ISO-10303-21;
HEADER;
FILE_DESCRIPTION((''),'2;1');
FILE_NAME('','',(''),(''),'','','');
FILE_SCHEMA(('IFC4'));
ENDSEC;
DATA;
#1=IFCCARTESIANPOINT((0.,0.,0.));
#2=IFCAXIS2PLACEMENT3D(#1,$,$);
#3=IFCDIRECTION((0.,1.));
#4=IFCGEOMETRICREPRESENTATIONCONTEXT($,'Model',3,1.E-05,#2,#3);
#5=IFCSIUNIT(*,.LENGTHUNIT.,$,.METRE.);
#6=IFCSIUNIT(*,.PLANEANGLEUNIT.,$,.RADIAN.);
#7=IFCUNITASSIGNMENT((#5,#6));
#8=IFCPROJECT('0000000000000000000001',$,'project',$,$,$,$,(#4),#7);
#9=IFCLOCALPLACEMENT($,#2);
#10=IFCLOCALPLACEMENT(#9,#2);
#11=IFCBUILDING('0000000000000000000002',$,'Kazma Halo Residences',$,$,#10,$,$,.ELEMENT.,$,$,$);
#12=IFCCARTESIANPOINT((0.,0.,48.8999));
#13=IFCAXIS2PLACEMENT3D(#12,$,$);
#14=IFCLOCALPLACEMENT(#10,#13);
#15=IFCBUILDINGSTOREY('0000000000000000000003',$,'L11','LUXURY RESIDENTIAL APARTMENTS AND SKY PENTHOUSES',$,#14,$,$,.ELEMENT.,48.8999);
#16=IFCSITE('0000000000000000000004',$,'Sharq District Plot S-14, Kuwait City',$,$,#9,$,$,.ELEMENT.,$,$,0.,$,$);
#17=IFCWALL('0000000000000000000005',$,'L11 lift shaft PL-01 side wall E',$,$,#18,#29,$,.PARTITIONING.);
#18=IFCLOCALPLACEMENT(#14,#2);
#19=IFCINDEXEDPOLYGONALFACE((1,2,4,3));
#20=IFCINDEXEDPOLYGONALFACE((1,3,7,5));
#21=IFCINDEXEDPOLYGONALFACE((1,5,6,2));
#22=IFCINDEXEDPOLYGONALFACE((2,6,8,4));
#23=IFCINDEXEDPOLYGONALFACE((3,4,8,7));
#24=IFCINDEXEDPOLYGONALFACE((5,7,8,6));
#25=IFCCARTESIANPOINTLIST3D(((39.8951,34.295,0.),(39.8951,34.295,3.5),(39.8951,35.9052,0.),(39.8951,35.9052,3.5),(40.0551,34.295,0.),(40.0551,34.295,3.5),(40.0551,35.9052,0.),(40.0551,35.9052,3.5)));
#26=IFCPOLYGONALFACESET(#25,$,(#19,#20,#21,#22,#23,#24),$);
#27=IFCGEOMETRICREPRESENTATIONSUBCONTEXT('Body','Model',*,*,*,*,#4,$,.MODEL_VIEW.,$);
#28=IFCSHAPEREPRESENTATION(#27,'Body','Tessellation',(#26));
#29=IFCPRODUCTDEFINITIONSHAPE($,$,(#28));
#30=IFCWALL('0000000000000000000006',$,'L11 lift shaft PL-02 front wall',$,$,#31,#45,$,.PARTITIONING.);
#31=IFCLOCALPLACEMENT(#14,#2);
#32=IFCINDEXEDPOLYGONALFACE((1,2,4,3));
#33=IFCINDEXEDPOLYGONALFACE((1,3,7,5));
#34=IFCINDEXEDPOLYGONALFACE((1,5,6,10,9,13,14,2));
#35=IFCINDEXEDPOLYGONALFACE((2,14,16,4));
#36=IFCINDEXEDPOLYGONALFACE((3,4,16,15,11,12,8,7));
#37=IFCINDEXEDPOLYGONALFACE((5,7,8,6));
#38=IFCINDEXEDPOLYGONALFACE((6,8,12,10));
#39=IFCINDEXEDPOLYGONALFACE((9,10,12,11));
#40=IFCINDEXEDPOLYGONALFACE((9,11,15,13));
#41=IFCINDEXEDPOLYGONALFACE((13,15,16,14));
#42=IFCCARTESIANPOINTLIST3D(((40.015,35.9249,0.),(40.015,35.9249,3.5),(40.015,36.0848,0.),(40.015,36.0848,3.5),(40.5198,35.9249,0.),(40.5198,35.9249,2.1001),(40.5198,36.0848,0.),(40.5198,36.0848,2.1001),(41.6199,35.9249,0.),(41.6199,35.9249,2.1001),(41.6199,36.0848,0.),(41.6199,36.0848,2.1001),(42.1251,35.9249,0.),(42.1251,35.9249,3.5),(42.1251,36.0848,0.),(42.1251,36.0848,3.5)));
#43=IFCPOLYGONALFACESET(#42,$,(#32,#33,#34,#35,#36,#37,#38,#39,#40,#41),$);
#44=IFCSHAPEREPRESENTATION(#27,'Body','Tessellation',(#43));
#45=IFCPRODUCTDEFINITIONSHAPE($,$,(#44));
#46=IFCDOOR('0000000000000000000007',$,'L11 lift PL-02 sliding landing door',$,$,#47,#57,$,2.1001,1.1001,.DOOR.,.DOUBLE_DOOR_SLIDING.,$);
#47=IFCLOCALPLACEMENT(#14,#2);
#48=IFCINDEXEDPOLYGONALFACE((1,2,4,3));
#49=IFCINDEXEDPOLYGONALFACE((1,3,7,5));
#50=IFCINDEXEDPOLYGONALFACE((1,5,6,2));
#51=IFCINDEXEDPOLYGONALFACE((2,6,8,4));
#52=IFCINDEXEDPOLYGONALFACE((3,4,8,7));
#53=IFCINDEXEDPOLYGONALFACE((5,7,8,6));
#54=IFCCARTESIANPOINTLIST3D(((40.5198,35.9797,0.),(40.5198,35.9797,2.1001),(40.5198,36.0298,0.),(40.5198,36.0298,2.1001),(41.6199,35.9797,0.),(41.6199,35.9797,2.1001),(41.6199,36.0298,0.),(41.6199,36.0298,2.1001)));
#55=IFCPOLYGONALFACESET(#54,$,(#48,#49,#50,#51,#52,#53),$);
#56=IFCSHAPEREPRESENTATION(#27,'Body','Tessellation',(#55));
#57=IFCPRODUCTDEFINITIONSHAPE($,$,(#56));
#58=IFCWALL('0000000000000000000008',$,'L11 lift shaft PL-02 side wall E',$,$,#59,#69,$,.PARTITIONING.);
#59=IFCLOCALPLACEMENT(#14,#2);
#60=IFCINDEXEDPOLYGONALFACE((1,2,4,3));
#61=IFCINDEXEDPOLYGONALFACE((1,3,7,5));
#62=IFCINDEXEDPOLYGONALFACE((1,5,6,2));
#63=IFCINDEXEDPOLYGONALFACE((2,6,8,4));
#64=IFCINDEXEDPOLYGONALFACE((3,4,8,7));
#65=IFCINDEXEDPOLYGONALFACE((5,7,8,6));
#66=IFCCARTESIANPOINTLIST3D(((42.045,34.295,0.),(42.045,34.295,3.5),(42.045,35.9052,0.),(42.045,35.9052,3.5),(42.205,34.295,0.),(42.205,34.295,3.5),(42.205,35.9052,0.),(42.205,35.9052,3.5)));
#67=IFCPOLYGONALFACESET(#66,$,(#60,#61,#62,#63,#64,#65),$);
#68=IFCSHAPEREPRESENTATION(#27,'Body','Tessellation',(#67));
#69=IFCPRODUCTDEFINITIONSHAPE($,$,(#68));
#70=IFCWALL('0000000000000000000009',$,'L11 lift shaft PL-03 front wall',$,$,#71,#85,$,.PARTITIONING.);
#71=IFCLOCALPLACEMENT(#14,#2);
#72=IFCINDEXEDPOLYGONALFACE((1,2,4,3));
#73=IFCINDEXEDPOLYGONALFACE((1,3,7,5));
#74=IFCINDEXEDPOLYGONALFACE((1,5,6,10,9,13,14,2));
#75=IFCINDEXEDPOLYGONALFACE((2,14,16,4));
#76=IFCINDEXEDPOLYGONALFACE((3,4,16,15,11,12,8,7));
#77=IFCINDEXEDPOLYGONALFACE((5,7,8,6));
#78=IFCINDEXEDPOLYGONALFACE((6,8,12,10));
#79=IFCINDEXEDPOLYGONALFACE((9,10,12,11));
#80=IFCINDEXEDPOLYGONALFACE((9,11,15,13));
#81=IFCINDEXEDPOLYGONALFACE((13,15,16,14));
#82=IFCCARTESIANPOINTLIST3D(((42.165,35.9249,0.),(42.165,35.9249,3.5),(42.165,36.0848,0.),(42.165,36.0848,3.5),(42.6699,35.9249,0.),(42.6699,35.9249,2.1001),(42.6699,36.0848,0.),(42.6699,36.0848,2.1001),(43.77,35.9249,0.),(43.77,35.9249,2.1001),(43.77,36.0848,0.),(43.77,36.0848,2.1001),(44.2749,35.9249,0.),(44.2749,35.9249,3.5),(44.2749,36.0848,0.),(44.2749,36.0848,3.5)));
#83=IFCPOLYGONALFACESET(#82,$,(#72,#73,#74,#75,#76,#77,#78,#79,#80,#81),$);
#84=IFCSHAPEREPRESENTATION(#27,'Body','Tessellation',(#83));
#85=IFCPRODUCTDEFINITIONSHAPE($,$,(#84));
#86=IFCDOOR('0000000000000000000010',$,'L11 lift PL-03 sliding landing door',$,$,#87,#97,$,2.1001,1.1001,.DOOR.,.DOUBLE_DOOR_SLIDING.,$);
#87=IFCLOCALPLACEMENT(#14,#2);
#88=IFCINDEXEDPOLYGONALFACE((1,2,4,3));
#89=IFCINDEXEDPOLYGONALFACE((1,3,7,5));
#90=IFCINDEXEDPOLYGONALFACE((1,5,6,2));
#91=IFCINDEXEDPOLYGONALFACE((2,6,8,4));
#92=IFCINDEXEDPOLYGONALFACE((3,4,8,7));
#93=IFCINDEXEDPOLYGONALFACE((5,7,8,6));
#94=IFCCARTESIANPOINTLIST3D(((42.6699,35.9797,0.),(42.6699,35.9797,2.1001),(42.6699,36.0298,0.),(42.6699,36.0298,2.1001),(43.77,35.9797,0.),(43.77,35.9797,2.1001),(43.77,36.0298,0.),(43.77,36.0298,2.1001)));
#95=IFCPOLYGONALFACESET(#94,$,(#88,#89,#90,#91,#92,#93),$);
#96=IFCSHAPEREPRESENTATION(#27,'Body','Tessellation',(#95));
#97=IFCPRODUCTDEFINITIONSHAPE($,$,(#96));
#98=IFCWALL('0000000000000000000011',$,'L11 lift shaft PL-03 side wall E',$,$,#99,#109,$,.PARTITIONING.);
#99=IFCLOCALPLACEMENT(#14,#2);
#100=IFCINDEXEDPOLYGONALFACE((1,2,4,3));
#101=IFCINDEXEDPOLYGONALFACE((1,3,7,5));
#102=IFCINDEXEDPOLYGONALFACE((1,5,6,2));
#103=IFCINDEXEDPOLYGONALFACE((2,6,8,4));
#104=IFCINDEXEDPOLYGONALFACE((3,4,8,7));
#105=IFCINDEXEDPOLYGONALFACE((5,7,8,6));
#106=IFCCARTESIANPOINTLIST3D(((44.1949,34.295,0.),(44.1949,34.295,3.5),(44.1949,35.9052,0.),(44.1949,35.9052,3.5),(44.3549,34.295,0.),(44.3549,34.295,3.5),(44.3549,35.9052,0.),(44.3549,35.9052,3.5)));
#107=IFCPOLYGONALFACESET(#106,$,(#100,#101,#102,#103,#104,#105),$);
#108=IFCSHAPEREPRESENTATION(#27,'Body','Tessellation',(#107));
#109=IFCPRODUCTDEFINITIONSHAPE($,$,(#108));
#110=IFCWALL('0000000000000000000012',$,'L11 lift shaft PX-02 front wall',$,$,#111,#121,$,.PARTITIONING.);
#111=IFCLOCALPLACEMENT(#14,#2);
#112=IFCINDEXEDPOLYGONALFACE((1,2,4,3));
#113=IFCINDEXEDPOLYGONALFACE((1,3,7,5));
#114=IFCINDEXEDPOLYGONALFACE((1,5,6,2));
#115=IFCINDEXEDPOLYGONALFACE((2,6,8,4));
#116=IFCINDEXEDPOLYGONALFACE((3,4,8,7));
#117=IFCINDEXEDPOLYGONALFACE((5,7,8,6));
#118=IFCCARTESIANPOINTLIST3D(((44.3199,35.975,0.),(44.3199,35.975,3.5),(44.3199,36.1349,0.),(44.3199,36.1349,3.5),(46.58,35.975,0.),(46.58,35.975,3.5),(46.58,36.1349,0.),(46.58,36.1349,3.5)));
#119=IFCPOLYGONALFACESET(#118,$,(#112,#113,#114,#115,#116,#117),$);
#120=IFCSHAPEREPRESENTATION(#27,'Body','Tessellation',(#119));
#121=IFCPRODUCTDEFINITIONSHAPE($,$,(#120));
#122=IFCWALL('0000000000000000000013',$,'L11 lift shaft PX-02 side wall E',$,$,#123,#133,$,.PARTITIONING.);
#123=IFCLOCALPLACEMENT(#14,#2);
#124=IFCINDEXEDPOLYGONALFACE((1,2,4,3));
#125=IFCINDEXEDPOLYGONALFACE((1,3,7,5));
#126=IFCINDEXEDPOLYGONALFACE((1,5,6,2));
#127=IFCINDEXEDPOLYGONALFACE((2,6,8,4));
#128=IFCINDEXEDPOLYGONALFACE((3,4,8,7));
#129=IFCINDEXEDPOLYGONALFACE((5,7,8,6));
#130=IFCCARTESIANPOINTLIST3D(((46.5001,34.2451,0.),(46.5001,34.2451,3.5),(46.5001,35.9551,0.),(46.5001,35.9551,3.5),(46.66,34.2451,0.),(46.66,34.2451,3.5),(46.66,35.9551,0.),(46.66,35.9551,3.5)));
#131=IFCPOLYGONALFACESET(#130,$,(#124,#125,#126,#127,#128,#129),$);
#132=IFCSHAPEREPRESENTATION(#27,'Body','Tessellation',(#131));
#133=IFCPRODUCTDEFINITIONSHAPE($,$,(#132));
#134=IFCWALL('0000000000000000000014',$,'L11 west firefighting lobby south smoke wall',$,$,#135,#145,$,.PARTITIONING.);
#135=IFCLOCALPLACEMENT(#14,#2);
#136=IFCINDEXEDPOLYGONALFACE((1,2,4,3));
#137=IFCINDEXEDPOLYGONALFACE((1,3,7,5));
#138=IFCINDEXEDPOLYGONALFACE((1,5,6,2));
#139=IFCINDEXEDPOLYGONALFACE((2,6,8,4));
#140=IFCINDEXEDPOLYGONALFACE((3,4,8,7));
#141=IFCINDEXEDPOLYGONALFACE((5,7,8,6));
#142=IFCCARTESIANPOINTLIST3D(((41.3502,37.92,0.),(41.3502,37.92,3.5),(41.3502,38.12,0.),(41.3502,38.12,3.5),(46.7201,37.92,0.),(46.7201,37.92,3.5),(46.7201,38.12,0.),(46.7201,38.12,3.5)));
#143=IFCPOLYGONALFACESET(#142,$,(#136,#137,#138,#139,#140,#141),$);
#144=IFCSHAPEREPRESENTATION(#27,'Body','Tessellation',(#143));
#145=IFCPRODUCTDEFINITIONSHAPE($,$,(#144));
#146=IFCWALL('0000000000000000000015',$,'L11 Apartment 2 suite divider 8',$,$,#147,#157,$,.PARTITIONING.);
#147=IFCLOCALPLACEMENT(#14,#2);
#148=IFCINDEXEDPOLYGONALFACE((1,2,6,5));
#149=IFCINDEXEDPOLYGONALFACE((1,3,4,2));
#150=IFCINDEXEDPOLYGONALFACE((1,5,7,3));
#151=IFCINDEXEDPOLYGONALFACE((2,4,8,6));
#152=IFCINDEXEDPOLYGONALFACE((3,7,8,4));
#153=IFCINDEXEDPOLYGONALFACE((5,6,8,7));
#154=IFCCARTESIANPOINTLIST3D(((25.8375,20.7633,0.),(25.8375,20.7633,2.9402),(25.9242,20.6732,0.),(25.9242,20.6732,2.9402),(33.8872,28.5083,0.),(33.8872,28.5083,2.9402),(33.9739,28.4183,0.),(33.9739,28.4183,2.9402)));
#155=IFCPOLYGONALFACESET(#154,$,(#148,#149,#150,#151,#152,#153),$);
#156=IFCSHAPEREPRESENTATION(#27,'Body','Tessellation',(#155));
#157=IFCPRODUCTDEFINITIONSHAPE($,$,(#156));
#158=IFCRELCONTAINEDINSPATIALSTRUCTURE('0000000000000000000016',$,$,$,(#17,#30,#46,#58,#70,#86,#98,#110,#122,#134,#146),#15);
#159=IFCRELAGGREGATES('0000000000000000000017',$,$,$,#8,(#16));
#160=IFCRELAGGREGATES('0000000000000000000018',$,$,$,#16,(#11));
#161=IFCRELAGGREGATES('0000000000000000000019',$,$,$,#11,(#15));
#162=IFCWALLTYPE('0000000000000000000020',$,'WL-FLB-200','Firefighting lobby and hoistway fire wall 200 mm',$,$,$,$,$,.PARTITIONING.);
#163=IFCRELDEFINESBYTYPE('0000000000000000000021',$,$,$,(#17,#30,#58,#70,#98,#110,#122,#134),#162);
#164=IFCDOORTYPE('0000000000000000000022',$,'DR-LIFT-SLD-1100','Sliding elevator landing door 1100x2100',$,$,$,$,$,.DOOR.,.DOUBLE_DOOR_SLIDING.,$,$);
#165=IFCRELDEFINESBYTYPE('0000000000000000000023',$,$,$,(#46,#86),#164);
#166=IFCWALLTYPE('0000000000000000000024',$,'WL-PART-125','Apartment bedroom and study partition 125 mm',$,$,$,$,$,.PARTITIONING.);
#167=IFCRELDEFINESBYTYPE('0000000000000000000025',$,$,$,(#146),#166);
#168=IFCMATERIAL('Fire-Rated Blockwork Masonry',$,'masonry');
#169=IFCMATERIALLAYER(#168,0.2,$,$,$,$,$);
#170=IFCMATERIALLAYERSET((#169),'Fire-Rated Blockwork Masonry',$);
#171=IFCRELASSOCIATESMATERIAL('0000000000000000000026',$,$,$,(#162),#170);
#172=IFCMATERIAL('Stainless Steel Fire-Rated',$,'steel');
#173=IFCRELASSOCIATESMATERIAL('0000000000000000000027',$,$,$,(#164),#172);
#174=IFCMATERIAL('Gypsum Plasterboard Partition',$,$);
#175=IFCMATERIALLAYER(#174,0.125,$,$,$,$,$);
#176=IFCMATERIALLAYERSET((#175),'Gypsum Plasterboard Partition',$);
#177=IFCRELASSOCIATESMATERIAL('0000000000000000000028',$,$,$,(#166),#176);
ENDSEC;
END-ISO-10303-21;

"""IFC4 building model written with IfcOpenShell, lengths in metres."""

from ifc_helpers import new_model, si_unit, direction, frame, frame_2d, origin, place, context, subcontext, project, spatial, rectangle, extrude, material, layer, layer_set, type_object, element, fill, save


model = new_model("IFC4")

# Units and contexts
model_context = context("Model", 3, precision=1e-05, world=origin(), true_north=direction((0.0, 1.0)))
body_context = subcontext(model_context, "Body", "Model", "MODEL_VIEW")
ifc_project = project(units=[si_unit("LENGTHUNIT", "METRE"), si_unit("PLANEANGLEUNIT", "RADIAN")], contexts=[model_context])

# Site, building, storey
site_placement = place(None, origin())
site = spatial("IfcSite", under=ifc_project, at=site_placement, Name="Sharq District Plot S-14, Kuwait City", CompositionType="ELEMENT", RefElevation=0.0)
building_placement = place(site_placement, origin())
building = spatial("IfcBuilding", under=site, at=building_placement, Name="Kazma Halo Residences", CompositionType="ELEMENT")
storey_placement = place(building_placement, frame((0.0, 0.0, 48.8999)))
storey = spatial("IfcBuildingStorey", under=building, at=storey_placement, Name="L11", Description="LUXURY RESIDENTIAL APARTMENTS AND SKY PENTHOUSES", CompositionType="ELEMENT", Elevation=48.8999)

# Shared definitions
ifc_material_1 = material(Name="Fire-Rated Blockwork Masonry", Category="masonry")
ifc_layer_1 = layer(ifc_material_1, 0.2)
ifc_layer_set_1 = layer_set([ifc_layer_1], Name="Fire-Rated Blockwork Masonry")
wall_type_1 = type_object("IfcWallType", Name="WL-FLB-200", Description="Firefighting lobby and hoistway fire wall 200 mm", PredefinedType="PARTITIONING", material=ifc_layer_set_1)
ifc_material_2 = material(Name="Stainless Steel Fire-Rated", Category="steel")
door_type_1 = type_object("IfcDoorType", Name="DR-LIFT-SLD-1100", Description="Sliding elevator landing door 1100x2100", OperationType="DOUBLE_DOOR_SLIDING", PredefinedType="DOOR", material=ifc_material_2)

# Wall
wall_1_placement = place(storey_placement, frame((39.9751, 34.2949, 0.0), z_axis=(0.0, 0.0, 1.0), x_axis=(0.0, 1.0, 0.0)))
element("IfcWall", 1, at=wall_1_placement, inside=storey, type_object=wall_type_1, Name="L11 lift shaft PL-01 side wall E", PredefinedType="PARTITIONING", context=body_context, shape_type="SweptSolid", body=[
    extrude(rectangle(XDim=1.6101, YDim=0.1599, at=frame_2d((0.8052, 0.0))), origin(), (0.0, 0.0, 1.0), 3.5),
])

# Wall, opening, door
wall_2_placement = place(storey_placement, frame((40.0149, 36.0049, 0.0), z_axis=(0.0, 0.0, 1.0), x_axis=(1.0, 0.0, 0.0)))
wall_2 = element("IfcWall", 2, at=wall_2_placement, inside=storey, type_object=wall_type_1, Name="L11 lift shaft PL-02 front wall", PredefinedType="PARTITIONING", context=body_context, shape_type="SweptSolid", body=[
    extrude(rectangle(XDim=2.1101, YDim=0.1599, at=frame_2d((1.0552, 0.0))), origin(), (0.0, 0.0, 1.0), 3.5),
])
opening_1_placement = place(wall_2_placement, frame((0.5049, 0.0, 0.0)))
opening_1 = element("IfcOpeningElement", 3, at=opening_1_placement, cuts=wall_2, PredefinedType="OPENING", context=body_context, shape_type="SweptSolid", body=[
    extrude(rectangle(XDim=1.1001, YDim=2.1001, at=frame_2d((0.55, 1.05))), frame((0.0, 0.0898, 0.0), z_axis=(0.0, -1.0, 0.0), x_axis=(1.0, 0.0, 0.0)), (0.0, 0.0, 1.0), 0.1799),
])
door_1_placement = place(opening_1_placement, origin())
door_1 = element("IfcDoor", 4, at=door_1_placement, inside=storey, type_object=door_type_1, Name="L11 lift PL-02 sliding landing door", OperationType="DOUBLE_DOOR_SLIDING", OverallHeight=2.1001, OverallWidth=1.1001, PredefinedType="DOOR", context=body_context, shape_type="SweptSolid", body=[
    extrude(rectangle(XDim=1.1001, YDim=2.1001, at=frame_2d((0.55, 1.05))), frame((0.0, 0.0249, 0.0), z_axis=(0.0, -1.0, 0.0), x_axis=(1.0, 0.0, 0.0)), (0.0, 0.0, 1.0), 0.05),
])
fill(opening_1, door_1)

# Wall
wall_3_placement = place(storey_placement, frame((42.125, 34.2949, 0.0), z_axis=(0.0, 0.0, 1.0), x_axis=(0.0, 1.0, 0.0)))
element("IfcWall", 5, at=wall_3_placement, inside=storey, type_object=wall_type_1, Name="L11 lift shaft PL-02 side wall E", PredefinedType="PARTITIONING", context=body_context, shape_type="SweptSolid", body=[
    extrude(rectangle(XDim=1.6101, YDim=0.1599, at=frame_2d((0.8052, 0.0))), origin(), (0.0, 0.0, 1.0), 3.5),
])

# Wall, opening, door
wall_4_placement = place(storey_placement, frame((42.165, 36.0049, 0.0), z_axis=(0.0, 0.0, 1.0), x_axis=(1.0, 0.0, 0.0)))
wall_4 = element("IfcWall", 6, at=wall_4_placement, inside=storey, type_object=wall_type_1, Name="L11 lift shaft PL-03 front wall", PredefinedType="PARTITIONING", context=body_context, shape_type="SweptSolid", body=[
    extrude(rectangle(XDim=2.1099, YDim=0.1599, at=frame_2d((1.0549, 0.0))), origin(), (0.0, 0.0, 1.0), 3.5),
])
opening_2_placement = place(wall_4_placement, frame((0.5049, 0.0, 0.0)))
opening_2 = element("IfcOpeningElement", 7, at=opening_2_placement, cuts=wall_4, PredefinedType="OPENING", context=body_context, shape_type="SweptSolid", body=[
    extrude(rectangle(XDim=1.1001, YDim=2.1001, at=frame_2d((0.55, 1.05))), frame((0.0, 0.0898, 0.0), z_axis=(0.0, -1.0, 0.0), x_axis=(1.0, 0.0, 0.0)), (0.0, 0.0, 1.0), 0.1799),
])
door_2_placement = place(opening_2_placement, origin())
door_2 = element("IfcDoor", 8, at=door_2_placement, inside=storey, type_object=door_type_1, Name="L11 lift PL-03 sliding landing door", OperationType="DOUBLE_DOOR_SLIDING", OverallHeight=2.1001, OverallWidth=1.1001, PredefinedType="DOOR", context=body_context, shape_type="SweptSolid", body=[
    extrude(rectangle(XDim=1.1001, YDim=2.1001, at=frame_2d((0.55, 1.05))), frame((0.0, 0.0249, 0.0), z_axis=(0.0, -1.0, 0.0), x_axis=(1.0, 0.0, 0.0)), (0.0, 0.0, 1.0), 0.05),
])
fill(opening_2, door_2)

# Walls
wall_5_placement = place(storey_placement, frame((44.2749, 34.2949, 0.0), z_axis=(0.0, 0.0, 1.0), x_axis=(0.0, 1.0, 0.0)))
element("IfcWall", 9, at=wall_5_placement, inside=storey, type_object=wall_type_1, Name="L11 lift shaft PL-03 side wall E", PredefinedType="PARTITIONING", context=body_context, shape_type="SweptSolid", body=[
    extrude(rectangle(XDim=1.6101, YDim=0.1599, at=frame_2d((0.8052, 0.0))), origin(), (0.0, 0.0, 1.0), 3.5),
])
wall_6_placement = place(storey_placement, frame((44.3201, 36.0549, 0.0), z_axis=(0.0, 0.0, 1.0), x_axis=(1.0, 0.0, 0.0)))
element("IfcWall", 10, at=wall_6_placement, inside=storey, type_object=wall_type_1, Name="L11 lift shaft PX-02 front wall", PredefinedType="PARTITIONING", context=body_context, shape_type="SweptSolid", body=[
    extrude(rectangle(XDim=2.26, YDim=0.1599, at=frame_2d((1.1299, 0.0))), origin(), (0.0, 0.0, 1.0), 3.5),
])
wall_7_placement = place(storey_placement, frame((46.5801, 34.2451, 0.0), z_axis=(0.0, 0.0, 1.0), x_axis=(0.0, 1.0, 0.0)))
element("IfcWall", 11, at=wall_7_placement, inside=storey, type_object=wall_type_1, Name="L11 lift shaft PX-02 side wall E", PredefinedType="PARTITIONING", context=body_context, shape_type="SweptSolid", body=[
    extrude(rectangle(XDim=1.71, YDim=0.1599, at=frame_2d((0.855, 0.0))), origin(), (0.0, 0.0, 1.0), 3.5),
])
wall_8_placement = place(storey_placement, frame((41.3501, 38.02, 0.0), z_axis=(0.0, 0.0, 1.0), x_axis=(1.0, 0.0, 0.0)))
element("IfcWall", 12, at=wall_8_placement, inside=storey, type_object=wall_type_1, Name="L11 west firefighting lobby south smoke wall", PredefinedType="PARTITIONING", context=body_context, shape_type="SweptSolid", body=[
    extrude(rectangle(XDim=5.3699, YDim=0.2, at=frame_2d((2.6851, 0.0))), origin(), (0.0, 0.0, 1.0), 3.5),
])
ifc_material_3 = material(Name="Gypsum Plasterboard Partition")
ifc_layer_2 = layer(ifc_material_3, 0.125)
ifc_layer_set_2 = layer_set([ifc_layer_2], Name="Gypsum Plasterboard Partition")
wall_type_2 = type_object("IfcWallType", Name="WL-PART-125", Description="Apartment bedroom and study partition 125 mm", PredefinedType="PARTITIONING", material=ifc_layer_set_2)
wall_9_placement = place(storey_placement, frame((33.9307, 28.4634, 0.0), z_axis=(0.0, 0.0, 1.0), x_axis=(-0.720613, -0.693338, 0.0)))
element("IfcWall", 13, at=wall_9_placement, inside=storey, type_object=wall_type_2, Name="L11 Apartment 2 suite divider 8", PredefinedType="PARTITIONING", context=body_context, shape_type="SweptSolid", body=[
    extrude(rectangle(XDim=11.1707, YDim=0.125, at=frame_2d((5.5854, 0.0))), origin(), (0.0, 0.0, 1.0), 2.9402),
])

save(model, "model.ifc")
